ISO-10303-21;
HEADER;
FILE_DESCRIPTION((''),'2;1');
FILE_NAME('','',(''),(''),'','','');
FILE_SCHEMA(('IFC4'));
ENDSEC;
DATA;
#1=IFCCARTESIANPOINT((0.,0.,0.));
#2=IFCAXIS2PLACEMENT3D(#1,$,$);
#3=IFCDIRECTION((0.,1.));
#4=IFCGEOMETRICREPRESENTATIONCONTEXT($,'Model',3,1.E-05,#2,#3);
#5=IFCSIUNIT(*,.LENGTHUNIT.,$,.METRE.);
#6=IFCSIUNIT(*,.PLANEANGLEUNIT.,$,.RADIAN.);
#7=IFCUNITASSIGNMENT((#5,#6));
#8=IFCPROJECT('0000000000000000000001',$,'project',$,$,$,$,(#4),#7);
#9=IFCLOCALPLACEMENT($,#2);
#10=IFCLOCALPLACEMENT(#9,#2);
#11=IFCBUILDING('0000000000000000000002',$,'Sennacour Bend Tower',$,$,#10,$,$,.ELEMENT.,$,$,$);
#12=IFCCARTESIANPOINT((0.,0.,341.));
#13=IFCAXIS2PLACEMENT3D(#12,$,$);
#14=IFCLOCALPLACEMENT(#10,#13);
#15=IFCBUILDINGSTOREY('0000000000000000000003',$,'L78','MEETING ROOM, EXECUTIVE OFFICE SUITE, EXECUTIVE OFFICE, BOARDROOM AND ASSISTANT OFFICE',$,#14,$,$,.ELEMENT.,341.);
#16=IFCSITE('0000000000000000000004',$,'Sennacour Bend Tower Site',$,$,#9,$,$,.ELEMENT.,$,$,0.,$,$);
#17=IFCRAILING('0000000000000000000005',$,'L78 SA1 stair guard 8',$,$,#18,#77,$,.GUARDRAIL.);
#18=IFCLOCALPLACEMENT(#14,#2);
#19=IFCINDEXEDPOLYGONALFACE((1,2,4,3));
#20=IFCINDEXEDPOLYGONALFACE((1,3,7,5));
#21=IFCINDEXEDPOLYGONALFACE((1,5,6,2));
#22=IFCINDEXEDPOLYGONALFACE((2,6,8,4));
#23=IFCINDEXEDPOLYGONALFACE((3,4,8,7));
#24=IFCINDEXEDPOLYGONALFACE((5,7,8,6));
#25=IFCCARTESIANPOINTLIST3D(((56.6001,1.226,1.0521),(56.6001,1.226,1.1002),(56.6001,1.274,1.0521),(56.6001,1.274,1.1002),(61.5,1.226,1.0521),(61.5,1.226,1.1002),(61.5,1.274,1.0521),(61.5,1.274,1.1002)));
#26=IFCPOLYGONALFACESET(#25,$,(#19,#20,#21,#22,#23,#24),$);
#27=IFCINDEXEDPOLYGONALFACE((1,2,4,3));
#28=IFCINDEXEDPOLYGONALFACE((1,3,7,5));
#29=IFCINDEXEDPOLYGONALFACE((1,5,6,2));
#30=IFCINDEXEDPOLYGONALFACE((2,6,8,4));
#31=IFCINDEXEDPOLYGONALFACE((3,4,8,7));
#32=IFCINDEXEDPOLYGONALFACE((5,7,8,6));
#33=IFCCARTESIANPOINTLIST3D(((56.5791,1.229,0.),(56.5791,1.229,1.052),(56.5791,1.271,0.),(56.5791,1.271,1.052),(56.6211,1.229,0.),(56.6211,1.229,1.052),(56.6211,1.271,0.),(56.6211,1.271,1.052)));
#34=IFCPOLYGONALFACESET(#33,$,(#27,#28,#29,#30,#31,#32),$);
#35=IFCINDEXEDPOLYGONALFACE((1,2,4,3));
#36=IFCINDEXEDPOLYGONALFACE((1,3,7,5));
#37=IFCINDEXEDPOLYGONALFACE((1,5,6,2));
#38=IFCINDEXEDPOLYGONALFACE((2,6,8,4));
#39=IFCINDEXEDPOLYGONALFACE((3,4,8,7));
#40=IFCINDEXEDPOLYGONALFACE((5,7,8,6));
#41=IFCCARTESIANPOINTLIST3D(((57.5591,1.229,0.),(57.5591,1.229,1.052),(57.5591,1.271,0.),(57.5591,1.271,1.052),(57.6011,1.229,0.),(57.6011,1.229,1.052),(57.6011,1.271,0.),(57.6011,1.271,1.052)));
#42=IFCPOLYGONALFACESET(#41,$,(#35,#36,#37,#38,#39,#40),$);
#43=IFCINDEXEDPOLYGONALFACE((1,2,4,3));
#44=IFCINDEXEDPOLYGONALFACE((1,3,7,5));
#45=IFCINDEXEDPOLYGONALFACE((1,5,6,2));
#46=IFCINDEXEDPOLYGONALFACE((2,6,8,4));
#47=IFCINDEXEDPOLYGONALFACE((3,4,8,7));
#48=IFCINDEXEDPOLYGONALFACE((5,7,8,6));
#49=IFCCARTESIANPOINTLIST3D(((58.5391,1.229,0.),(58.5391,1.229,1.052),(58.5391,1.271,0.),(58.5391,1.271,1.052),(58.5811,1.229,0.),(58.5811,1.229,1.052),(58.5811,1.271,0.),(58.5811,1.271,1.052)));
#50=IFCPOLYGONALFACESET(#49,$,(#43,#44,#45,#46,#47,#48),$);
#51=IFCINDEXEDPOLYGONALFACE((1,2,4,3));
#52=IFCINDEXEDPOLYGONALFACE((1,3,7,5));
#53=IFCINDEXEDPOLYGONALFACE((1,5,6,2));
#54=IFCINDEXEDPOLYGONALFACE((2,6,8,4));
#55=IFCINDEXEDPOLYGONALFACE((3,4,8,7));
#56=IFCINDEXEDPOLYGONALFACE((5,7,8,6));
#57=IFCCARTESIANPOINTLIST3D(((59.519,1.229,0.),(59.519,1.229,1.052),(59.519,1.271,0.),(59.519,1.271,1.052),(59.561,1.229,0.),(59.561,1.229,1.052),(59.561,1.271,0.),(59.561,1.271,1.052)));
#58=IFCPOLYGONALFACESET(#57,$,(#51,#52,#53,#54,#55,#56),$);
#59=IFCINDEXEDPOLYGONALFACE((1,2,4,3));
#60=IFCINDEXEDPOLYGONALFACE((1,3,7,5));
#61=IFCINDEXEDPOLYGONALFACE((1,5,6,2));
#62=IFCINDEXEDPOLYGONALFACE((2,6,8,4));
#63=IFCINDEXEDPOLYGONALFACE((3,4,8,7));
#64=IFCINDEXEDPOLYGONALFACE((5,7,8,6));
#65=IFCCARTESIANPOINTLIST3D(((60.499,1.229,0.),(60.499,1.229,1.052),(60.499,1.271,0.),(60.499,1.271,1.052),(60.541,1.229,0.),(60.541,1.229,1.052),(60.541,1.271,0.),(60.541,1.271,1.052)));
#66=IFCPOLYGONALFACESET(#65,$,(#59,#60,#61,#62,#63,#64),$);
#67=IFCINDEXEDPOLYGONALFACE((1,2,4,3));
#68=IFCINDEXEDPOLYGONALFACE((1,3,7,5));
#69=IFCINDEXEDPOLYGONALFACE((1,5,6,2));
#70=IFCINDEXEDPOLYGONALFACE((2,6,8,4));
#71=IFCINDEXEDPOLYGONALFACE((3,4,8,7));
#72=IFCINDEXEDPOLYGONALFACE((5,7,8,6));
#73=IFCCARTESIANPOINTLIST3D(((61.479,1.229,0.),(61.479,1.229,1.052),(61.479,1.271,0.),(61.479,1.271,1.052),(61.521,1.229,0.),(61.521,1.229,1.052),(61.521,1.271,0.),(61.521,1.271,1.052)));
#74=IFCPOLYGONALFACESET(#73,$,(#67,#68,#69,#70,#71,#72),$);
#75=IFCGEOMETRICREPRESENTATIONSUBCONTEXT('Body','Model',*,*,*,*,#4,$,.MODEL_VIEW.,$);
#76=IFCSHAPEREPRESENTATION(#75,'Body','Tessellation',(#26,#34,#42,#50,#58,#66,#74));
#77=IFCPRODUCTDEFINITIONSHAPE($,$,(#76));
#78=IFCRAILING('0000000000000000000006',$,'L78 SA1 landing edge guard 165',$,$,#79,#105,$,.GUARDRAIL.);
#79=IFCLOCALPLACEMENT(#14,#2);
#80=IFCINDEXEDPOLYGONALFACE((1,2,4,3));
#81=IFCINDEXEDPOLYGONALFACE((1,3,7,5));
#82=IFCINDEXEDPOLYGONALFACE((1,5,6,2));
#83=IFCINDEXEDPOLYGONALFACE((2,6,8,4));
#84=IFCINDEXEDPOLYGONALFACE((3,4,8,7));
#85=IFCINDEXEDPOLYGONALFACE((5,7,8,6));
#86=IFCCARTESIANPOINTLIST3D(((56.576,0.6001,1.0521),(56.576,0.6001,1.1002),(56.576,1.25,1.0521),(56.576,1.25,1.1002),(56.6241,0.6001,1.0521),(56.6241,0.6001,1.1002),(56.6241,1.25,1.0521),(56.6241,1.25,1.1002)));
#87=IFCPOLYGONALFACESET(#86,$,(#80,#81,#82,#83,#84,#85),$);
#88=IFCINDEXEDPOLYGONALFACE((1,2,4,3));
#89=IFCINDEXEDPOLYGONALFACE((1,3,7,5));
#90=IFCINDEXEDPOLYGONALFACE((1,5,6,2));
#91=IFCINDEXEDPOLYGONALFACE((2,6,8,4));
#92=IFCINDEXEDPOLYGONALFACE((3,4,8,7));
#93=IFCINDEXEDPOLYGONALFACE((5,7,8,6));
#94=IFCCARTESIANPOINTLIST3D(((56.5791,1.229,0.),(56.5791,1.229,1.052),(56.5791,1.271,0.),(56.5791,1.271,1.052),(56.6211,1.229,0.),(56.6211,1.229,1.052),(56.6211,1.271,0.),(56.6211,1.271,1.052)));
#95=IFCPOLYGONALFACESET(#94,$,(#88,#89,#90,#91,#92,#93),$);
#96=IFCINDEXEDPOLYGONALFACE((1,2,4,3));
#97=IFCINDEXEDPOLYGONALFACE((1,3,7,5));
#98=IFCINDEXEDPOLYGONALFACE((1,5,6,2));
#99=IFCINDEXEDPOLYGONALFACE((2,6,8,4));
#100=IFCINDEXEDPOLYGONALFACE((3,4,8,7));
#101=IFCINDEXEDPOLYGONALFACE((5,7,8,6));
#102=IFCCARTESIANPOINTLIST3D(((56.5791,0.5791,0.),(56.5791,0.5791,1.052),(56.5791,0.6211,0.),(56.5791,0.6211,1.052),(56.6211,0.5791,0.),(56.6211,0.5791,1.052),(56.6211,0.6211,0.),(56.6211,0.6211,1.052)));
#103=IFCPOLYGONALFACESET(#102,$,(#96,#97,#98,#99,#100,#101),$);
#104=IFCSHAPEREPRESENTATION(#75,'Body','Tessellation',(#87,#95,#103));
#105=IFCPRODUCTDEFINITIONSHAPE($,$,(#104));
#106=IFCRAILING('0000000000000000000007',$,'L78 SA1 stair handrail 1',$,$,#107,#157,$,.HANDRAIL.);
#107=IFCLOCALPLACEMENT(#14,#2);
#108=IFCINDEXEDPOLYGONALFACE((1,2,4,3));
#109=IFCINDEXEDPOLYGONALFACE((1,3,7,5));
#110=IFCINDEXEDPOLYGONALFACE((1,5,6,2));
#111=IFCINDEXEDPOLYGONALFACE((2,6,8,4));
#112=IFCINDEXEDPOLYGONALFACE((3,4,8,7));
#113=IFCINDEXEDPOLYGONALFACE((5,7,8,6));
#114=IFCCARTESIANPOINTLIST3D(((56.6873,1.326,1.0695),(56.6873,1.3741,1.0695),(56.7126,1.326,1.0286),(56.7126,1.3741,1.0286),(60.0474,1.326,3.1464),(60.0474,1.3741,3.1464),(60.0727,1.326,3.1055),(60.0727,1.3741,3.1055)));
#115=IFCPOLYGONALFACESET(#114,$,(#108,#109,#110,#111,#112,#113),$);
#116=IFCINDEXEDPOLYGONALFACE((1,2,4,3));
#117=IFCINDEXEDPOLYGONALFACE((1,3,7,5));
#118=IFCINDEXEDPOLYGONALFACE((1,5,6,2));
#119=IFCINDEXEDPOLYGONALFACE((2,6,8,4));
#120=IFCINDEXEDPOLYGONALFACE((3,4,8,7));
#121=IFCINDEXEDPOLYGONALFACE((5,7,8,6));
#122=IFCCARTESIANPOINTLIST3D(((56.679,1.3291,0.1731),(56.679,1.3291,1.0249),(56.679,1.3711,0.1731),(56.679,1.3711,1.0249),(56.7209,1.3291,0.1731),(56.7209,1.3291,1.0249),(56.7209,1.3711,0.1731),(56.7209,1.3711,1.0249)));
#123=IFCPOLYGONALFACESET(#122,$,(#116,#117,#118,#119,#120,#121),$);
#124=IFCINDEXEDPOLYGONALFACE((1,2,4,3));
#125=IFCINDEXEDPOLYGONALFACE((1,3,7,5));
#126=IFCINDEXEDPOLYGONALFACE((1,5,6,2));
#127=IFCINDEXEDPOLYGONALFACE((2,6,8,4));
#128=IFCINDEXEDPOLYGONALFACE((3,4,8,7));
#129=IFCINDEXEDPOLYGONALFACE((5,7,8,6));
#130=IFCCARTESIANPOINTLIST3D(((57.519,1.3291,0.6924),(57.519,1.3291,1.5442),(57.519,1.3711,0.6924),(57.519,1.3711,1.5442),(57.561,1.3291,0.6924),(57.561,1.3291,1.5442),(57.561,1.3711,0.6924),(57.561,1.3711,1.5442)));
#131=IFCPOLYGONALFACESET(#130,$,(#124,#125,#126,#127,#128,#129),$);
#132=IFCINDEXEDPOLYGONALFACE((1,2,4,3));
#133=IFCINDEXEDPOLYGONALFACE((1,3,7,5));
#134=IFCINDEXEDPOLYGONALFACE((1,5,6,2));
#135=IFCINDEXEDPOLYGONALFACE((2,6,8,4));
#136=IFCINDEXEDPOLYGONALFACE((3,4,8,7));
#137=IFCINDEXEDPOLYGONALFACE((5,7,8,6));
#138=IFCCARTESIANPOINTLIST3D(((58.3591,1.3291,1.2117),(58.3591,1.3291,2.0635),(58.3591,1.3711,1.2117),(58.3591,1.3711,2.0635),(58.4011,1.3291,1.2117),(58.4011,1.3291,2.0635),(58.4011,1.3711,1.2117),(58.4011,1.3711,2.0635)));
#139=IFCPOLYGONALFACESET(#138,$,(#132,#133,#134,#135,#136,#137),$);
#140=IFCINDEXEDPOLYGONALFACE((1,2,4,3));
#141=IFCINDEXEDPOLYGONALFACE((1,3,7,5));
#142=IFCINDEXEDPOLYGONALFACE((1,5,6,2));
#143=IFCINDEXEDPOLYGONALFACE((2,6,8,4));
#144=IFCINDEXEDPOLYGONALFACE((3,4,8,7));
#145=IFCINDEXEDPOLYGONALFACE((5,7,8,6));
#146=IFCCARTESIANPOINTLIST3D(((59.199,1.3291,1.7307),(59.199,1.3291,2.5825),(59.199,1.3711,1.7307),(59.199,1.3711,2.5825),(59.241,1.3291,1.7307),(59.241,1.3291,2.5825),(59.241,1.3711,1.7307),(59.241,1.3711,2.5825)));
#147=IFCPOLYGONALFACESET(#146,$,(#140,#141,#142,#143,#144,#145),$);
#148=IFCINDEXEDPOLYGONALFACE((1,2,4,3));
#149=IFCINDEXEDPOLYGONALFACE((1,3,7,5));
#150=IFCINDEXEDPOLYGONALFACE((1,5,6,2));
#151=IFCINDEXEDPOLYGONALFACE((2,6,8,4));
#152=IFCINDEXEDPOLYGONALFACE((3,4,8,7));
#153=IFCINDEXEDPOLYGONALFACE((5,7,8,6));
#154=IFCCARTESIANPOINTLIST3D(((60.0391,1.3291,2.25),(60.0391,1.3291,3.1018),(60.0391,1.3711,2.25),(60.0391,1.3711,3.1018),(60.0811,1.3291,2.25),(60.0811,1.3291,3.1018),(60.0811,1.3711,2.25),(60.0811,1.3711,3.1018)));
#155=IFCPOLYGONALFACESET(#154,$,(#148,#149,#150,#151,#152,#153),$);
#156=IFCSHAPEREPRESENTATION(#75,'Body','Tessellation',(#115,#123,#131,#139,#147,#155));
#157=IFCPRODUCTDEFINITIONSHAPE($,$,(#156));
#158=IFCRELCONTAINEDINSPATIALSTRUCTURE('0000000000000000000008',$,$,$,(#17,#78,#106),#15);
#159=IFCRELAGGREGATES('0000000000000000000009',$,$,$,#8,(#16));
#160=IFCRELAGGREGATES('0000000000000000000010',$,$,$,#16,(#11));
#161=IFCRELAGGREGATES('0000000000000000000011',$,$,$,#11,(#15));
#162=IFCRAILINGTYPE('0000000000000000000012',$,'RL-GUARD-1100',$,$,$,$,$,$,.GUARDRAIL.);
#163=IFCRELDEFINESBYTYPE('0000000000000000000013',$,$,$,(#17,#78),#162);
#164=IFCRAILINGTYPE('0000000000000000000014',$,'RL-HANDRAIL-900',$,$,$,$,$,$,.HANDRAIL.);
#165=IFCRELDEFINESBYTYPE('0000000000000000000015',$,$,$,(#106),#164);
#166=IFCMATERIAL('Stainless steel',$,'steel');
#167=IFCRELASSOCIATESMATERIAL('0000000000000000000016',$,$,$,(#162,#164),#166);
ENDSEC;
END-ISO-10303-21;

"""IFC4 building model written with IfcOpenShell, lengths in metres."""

from ifc_helpers import new_model, si_unit, direction, frame, origin, origin_2d, place, context, subcontext, project, spatial, rectangle, extrude, material, type_object, element, save


model = new_model("IFC4")

# Units and contexts
model_context = context("Model", 3, precision=1e-05, world=origin(), true_north=direction((0.0, 1.0)))
body_context = subcontext(model_context, "Body", "Model", "MODEL_VIEW")
ifc_project = project(units=[si_unit("LENGTHUNIT", "METRE"), si_unit("PLANEANGLEUNIT", "RADIAN")], contexts=[model_context])

# Site, building, storey
site_placement = place(None, origin())
site = spatial("IfcSite", under=ifc_project, at=site_placement, Name="Sennacour Bend Tower Site", CompositionType="ELEMENT", RefElevation=0.0)
building_placement = place(site_placement, origin())
building = spatial("IfcBuilding", under=site, at=building_placement, Name="Sennacour Bend Tower", CompositionType="ELEMENT")
storey_placement = place(building_placement, frame((0.0, 0.0, 341.0)))
storey = spatial("IfcBuildingStorey", under=building, at=storey_placement, Name="L78", Description="MEETING ROOM, EXECUTIVE OFFICE SUITE, EXECUTIVE OFFICE, BOARDROOM AND ASSISTANT OFFICE", CompositionType="ELEMENT", Elevation=341.0)

# Shared definitions
ifc_material_1 = material(Name="Stainless steel", Category="steel")

# Railings
railing_type_1 = type_object("IfcRailingType", Name="RL-GUARD-1100", PredefinedType="GUARDRAIL", material=ifc_material_1)
railing_1_placement = place(storey_placement, frame((56.6001, 1.25, 0.0)))
element("IfcRailing", 1, at=railing_1_placement, inside=storey, type_object=railing_type_1, Name="L78 SA1 stair guard 8", PredefinedType="GUARDRAIL", context=body_context, shape_type="SweptSolid", body=[
    extrude(rectangle(XDim=0.0481, YDim=0.0481, at=origin_2d()), frame((0.0, 0.0, 1.0762), z_axis=(1.0, 0.0, 0.0), x_axis=(0.0, 1.0, 0.0)), (0.0, 0.0, 1.0), 4.8999),
    extrude(rectangle(XDim=0.042, YDim=0.042, at=origin_2d()), origin(), (0.0, 0.0, 1.0), 1.052),
    extrude(rectangle(XDim=0.042, YDim=0.042, at=origin_2d()), frame((0.98, 0.0, 0.0)), (0.0, 0.0, 1.0), 1.052),
    extrude(rectangle(XDim=0.042, YDim=0.042, at=origin_2d()), frame((1.96, 0.0, 0.0)), (0.0, 0.0, 1.0), 1.052),
    extrude(rectangle(XDim=0.042, YDim=0.042, at=origin_2d()), frame((2.9399, 0.0, 0.0)), (0.0, 0.0, 1.0), 1.052),
    extrude(rectangle(XDim=0.042, YDim=0.042, at=origin_2d()), frame((3.9199, 0.0, 0.0)), (0.0, 0.0, 1.0), 1.052),
    extrude(rectangle(XDim=0.042, YDim=0.042, at=origin_2d()), frame((4.8999, 0.0, 0.0)), (0.0, 0.0, 1.0), 1.052),
])
railing_2_placement = place(storey_placement, frame((56.6001, 1.25, 0.0)))
element("IfcRailing", 2, at=railing_2_placement, inside=storey, type_object=railing_type_1, Name="L78 SA1 landing edge guard 165", PredefinedType="GUARDRAIL", context=body_context, shape_type="SweptSolid", body=[
    extrude(rectangle(XDim=0.0481, YDim=0.0481, at=origin_2d()), frame((0.0, 0.0, 1.0762), z_axis=(0.0, -1.0, 0.0), x_axis=(1.0, 0.0, 0.0)), (0.0, 0.0, 1.0), 0.6499),
    extrude(rectangle(XDim=0.042, YDim=0.042, at=origin_2d()), origin(), (0.0, 0.0, 1.0), 1.052),
    extrude(rectangle(XDim=0.042, YDim=0.042, at=origin_2d()), frame((0.0, -0.6499, 0.0)), (0.0, 0.0, 1.0), 1.052),
])
railing_type_2 = type_object("IfcRailingType", Name="RL-HANDRAIL-900", PredefinedType="HANDRAIL", material=ifc_material_1)
railing_3_placement = place(storey_placement, frame((56.7, 1.3501, 0.1731)))
element("IfcRailing", 3, at=railing_3_placement, inside=storey, type_object=railing_type_2, Name="L78 SA1 stair handrail 1", PredefinedType="HANDRAIL", context=body_context, shape_type="SweptSolid", body=[
    extrude(rectangle(XDim=0.0481, YDim=0.0481, at=origin_2d()), frame((0.0, 0.0, 0.876), z_axis=(0.850623, 0.0, 0.525776), x_axis=(0.0, 1.0, 0.0)), (0.0, 0.0, 1.0), 3.9502),
    extrude(rectangle(XDim=0.042, YDim=0.042, at=origin_2d()), origin(), (0.0, 0.0, 1.0), 0.8518),
    extrude(rectangle(XDim=0.042, YDim=0.042, at=origin_2d()), frame((0.8401, 0.0, 0.5193)), (0.0, 0.0, 1.0), 0.8518),
    extrude(rectangle(XDim=0.042, YDim=0.042, at=origin_2d()), frame((1.6802, 0.0, 1.0386)), (0.0, 0.0, 1.0), 0.8518),
    extrude(rectangle(XDim=0.042, YDim=0.042, at=origin_2d()), frame((2.52, 0.0, 1.5576)), (0.0, 0.0, 1.0), 0.8518),
    extrude(rectangle(XDim=0.042, YDim=0.042, at=origin_2d()), frame((3.3601, 0.0, 2.0769)), (0.0, 0.0, 1.0), 0.8518),
])

save(model, "model.ifc")
